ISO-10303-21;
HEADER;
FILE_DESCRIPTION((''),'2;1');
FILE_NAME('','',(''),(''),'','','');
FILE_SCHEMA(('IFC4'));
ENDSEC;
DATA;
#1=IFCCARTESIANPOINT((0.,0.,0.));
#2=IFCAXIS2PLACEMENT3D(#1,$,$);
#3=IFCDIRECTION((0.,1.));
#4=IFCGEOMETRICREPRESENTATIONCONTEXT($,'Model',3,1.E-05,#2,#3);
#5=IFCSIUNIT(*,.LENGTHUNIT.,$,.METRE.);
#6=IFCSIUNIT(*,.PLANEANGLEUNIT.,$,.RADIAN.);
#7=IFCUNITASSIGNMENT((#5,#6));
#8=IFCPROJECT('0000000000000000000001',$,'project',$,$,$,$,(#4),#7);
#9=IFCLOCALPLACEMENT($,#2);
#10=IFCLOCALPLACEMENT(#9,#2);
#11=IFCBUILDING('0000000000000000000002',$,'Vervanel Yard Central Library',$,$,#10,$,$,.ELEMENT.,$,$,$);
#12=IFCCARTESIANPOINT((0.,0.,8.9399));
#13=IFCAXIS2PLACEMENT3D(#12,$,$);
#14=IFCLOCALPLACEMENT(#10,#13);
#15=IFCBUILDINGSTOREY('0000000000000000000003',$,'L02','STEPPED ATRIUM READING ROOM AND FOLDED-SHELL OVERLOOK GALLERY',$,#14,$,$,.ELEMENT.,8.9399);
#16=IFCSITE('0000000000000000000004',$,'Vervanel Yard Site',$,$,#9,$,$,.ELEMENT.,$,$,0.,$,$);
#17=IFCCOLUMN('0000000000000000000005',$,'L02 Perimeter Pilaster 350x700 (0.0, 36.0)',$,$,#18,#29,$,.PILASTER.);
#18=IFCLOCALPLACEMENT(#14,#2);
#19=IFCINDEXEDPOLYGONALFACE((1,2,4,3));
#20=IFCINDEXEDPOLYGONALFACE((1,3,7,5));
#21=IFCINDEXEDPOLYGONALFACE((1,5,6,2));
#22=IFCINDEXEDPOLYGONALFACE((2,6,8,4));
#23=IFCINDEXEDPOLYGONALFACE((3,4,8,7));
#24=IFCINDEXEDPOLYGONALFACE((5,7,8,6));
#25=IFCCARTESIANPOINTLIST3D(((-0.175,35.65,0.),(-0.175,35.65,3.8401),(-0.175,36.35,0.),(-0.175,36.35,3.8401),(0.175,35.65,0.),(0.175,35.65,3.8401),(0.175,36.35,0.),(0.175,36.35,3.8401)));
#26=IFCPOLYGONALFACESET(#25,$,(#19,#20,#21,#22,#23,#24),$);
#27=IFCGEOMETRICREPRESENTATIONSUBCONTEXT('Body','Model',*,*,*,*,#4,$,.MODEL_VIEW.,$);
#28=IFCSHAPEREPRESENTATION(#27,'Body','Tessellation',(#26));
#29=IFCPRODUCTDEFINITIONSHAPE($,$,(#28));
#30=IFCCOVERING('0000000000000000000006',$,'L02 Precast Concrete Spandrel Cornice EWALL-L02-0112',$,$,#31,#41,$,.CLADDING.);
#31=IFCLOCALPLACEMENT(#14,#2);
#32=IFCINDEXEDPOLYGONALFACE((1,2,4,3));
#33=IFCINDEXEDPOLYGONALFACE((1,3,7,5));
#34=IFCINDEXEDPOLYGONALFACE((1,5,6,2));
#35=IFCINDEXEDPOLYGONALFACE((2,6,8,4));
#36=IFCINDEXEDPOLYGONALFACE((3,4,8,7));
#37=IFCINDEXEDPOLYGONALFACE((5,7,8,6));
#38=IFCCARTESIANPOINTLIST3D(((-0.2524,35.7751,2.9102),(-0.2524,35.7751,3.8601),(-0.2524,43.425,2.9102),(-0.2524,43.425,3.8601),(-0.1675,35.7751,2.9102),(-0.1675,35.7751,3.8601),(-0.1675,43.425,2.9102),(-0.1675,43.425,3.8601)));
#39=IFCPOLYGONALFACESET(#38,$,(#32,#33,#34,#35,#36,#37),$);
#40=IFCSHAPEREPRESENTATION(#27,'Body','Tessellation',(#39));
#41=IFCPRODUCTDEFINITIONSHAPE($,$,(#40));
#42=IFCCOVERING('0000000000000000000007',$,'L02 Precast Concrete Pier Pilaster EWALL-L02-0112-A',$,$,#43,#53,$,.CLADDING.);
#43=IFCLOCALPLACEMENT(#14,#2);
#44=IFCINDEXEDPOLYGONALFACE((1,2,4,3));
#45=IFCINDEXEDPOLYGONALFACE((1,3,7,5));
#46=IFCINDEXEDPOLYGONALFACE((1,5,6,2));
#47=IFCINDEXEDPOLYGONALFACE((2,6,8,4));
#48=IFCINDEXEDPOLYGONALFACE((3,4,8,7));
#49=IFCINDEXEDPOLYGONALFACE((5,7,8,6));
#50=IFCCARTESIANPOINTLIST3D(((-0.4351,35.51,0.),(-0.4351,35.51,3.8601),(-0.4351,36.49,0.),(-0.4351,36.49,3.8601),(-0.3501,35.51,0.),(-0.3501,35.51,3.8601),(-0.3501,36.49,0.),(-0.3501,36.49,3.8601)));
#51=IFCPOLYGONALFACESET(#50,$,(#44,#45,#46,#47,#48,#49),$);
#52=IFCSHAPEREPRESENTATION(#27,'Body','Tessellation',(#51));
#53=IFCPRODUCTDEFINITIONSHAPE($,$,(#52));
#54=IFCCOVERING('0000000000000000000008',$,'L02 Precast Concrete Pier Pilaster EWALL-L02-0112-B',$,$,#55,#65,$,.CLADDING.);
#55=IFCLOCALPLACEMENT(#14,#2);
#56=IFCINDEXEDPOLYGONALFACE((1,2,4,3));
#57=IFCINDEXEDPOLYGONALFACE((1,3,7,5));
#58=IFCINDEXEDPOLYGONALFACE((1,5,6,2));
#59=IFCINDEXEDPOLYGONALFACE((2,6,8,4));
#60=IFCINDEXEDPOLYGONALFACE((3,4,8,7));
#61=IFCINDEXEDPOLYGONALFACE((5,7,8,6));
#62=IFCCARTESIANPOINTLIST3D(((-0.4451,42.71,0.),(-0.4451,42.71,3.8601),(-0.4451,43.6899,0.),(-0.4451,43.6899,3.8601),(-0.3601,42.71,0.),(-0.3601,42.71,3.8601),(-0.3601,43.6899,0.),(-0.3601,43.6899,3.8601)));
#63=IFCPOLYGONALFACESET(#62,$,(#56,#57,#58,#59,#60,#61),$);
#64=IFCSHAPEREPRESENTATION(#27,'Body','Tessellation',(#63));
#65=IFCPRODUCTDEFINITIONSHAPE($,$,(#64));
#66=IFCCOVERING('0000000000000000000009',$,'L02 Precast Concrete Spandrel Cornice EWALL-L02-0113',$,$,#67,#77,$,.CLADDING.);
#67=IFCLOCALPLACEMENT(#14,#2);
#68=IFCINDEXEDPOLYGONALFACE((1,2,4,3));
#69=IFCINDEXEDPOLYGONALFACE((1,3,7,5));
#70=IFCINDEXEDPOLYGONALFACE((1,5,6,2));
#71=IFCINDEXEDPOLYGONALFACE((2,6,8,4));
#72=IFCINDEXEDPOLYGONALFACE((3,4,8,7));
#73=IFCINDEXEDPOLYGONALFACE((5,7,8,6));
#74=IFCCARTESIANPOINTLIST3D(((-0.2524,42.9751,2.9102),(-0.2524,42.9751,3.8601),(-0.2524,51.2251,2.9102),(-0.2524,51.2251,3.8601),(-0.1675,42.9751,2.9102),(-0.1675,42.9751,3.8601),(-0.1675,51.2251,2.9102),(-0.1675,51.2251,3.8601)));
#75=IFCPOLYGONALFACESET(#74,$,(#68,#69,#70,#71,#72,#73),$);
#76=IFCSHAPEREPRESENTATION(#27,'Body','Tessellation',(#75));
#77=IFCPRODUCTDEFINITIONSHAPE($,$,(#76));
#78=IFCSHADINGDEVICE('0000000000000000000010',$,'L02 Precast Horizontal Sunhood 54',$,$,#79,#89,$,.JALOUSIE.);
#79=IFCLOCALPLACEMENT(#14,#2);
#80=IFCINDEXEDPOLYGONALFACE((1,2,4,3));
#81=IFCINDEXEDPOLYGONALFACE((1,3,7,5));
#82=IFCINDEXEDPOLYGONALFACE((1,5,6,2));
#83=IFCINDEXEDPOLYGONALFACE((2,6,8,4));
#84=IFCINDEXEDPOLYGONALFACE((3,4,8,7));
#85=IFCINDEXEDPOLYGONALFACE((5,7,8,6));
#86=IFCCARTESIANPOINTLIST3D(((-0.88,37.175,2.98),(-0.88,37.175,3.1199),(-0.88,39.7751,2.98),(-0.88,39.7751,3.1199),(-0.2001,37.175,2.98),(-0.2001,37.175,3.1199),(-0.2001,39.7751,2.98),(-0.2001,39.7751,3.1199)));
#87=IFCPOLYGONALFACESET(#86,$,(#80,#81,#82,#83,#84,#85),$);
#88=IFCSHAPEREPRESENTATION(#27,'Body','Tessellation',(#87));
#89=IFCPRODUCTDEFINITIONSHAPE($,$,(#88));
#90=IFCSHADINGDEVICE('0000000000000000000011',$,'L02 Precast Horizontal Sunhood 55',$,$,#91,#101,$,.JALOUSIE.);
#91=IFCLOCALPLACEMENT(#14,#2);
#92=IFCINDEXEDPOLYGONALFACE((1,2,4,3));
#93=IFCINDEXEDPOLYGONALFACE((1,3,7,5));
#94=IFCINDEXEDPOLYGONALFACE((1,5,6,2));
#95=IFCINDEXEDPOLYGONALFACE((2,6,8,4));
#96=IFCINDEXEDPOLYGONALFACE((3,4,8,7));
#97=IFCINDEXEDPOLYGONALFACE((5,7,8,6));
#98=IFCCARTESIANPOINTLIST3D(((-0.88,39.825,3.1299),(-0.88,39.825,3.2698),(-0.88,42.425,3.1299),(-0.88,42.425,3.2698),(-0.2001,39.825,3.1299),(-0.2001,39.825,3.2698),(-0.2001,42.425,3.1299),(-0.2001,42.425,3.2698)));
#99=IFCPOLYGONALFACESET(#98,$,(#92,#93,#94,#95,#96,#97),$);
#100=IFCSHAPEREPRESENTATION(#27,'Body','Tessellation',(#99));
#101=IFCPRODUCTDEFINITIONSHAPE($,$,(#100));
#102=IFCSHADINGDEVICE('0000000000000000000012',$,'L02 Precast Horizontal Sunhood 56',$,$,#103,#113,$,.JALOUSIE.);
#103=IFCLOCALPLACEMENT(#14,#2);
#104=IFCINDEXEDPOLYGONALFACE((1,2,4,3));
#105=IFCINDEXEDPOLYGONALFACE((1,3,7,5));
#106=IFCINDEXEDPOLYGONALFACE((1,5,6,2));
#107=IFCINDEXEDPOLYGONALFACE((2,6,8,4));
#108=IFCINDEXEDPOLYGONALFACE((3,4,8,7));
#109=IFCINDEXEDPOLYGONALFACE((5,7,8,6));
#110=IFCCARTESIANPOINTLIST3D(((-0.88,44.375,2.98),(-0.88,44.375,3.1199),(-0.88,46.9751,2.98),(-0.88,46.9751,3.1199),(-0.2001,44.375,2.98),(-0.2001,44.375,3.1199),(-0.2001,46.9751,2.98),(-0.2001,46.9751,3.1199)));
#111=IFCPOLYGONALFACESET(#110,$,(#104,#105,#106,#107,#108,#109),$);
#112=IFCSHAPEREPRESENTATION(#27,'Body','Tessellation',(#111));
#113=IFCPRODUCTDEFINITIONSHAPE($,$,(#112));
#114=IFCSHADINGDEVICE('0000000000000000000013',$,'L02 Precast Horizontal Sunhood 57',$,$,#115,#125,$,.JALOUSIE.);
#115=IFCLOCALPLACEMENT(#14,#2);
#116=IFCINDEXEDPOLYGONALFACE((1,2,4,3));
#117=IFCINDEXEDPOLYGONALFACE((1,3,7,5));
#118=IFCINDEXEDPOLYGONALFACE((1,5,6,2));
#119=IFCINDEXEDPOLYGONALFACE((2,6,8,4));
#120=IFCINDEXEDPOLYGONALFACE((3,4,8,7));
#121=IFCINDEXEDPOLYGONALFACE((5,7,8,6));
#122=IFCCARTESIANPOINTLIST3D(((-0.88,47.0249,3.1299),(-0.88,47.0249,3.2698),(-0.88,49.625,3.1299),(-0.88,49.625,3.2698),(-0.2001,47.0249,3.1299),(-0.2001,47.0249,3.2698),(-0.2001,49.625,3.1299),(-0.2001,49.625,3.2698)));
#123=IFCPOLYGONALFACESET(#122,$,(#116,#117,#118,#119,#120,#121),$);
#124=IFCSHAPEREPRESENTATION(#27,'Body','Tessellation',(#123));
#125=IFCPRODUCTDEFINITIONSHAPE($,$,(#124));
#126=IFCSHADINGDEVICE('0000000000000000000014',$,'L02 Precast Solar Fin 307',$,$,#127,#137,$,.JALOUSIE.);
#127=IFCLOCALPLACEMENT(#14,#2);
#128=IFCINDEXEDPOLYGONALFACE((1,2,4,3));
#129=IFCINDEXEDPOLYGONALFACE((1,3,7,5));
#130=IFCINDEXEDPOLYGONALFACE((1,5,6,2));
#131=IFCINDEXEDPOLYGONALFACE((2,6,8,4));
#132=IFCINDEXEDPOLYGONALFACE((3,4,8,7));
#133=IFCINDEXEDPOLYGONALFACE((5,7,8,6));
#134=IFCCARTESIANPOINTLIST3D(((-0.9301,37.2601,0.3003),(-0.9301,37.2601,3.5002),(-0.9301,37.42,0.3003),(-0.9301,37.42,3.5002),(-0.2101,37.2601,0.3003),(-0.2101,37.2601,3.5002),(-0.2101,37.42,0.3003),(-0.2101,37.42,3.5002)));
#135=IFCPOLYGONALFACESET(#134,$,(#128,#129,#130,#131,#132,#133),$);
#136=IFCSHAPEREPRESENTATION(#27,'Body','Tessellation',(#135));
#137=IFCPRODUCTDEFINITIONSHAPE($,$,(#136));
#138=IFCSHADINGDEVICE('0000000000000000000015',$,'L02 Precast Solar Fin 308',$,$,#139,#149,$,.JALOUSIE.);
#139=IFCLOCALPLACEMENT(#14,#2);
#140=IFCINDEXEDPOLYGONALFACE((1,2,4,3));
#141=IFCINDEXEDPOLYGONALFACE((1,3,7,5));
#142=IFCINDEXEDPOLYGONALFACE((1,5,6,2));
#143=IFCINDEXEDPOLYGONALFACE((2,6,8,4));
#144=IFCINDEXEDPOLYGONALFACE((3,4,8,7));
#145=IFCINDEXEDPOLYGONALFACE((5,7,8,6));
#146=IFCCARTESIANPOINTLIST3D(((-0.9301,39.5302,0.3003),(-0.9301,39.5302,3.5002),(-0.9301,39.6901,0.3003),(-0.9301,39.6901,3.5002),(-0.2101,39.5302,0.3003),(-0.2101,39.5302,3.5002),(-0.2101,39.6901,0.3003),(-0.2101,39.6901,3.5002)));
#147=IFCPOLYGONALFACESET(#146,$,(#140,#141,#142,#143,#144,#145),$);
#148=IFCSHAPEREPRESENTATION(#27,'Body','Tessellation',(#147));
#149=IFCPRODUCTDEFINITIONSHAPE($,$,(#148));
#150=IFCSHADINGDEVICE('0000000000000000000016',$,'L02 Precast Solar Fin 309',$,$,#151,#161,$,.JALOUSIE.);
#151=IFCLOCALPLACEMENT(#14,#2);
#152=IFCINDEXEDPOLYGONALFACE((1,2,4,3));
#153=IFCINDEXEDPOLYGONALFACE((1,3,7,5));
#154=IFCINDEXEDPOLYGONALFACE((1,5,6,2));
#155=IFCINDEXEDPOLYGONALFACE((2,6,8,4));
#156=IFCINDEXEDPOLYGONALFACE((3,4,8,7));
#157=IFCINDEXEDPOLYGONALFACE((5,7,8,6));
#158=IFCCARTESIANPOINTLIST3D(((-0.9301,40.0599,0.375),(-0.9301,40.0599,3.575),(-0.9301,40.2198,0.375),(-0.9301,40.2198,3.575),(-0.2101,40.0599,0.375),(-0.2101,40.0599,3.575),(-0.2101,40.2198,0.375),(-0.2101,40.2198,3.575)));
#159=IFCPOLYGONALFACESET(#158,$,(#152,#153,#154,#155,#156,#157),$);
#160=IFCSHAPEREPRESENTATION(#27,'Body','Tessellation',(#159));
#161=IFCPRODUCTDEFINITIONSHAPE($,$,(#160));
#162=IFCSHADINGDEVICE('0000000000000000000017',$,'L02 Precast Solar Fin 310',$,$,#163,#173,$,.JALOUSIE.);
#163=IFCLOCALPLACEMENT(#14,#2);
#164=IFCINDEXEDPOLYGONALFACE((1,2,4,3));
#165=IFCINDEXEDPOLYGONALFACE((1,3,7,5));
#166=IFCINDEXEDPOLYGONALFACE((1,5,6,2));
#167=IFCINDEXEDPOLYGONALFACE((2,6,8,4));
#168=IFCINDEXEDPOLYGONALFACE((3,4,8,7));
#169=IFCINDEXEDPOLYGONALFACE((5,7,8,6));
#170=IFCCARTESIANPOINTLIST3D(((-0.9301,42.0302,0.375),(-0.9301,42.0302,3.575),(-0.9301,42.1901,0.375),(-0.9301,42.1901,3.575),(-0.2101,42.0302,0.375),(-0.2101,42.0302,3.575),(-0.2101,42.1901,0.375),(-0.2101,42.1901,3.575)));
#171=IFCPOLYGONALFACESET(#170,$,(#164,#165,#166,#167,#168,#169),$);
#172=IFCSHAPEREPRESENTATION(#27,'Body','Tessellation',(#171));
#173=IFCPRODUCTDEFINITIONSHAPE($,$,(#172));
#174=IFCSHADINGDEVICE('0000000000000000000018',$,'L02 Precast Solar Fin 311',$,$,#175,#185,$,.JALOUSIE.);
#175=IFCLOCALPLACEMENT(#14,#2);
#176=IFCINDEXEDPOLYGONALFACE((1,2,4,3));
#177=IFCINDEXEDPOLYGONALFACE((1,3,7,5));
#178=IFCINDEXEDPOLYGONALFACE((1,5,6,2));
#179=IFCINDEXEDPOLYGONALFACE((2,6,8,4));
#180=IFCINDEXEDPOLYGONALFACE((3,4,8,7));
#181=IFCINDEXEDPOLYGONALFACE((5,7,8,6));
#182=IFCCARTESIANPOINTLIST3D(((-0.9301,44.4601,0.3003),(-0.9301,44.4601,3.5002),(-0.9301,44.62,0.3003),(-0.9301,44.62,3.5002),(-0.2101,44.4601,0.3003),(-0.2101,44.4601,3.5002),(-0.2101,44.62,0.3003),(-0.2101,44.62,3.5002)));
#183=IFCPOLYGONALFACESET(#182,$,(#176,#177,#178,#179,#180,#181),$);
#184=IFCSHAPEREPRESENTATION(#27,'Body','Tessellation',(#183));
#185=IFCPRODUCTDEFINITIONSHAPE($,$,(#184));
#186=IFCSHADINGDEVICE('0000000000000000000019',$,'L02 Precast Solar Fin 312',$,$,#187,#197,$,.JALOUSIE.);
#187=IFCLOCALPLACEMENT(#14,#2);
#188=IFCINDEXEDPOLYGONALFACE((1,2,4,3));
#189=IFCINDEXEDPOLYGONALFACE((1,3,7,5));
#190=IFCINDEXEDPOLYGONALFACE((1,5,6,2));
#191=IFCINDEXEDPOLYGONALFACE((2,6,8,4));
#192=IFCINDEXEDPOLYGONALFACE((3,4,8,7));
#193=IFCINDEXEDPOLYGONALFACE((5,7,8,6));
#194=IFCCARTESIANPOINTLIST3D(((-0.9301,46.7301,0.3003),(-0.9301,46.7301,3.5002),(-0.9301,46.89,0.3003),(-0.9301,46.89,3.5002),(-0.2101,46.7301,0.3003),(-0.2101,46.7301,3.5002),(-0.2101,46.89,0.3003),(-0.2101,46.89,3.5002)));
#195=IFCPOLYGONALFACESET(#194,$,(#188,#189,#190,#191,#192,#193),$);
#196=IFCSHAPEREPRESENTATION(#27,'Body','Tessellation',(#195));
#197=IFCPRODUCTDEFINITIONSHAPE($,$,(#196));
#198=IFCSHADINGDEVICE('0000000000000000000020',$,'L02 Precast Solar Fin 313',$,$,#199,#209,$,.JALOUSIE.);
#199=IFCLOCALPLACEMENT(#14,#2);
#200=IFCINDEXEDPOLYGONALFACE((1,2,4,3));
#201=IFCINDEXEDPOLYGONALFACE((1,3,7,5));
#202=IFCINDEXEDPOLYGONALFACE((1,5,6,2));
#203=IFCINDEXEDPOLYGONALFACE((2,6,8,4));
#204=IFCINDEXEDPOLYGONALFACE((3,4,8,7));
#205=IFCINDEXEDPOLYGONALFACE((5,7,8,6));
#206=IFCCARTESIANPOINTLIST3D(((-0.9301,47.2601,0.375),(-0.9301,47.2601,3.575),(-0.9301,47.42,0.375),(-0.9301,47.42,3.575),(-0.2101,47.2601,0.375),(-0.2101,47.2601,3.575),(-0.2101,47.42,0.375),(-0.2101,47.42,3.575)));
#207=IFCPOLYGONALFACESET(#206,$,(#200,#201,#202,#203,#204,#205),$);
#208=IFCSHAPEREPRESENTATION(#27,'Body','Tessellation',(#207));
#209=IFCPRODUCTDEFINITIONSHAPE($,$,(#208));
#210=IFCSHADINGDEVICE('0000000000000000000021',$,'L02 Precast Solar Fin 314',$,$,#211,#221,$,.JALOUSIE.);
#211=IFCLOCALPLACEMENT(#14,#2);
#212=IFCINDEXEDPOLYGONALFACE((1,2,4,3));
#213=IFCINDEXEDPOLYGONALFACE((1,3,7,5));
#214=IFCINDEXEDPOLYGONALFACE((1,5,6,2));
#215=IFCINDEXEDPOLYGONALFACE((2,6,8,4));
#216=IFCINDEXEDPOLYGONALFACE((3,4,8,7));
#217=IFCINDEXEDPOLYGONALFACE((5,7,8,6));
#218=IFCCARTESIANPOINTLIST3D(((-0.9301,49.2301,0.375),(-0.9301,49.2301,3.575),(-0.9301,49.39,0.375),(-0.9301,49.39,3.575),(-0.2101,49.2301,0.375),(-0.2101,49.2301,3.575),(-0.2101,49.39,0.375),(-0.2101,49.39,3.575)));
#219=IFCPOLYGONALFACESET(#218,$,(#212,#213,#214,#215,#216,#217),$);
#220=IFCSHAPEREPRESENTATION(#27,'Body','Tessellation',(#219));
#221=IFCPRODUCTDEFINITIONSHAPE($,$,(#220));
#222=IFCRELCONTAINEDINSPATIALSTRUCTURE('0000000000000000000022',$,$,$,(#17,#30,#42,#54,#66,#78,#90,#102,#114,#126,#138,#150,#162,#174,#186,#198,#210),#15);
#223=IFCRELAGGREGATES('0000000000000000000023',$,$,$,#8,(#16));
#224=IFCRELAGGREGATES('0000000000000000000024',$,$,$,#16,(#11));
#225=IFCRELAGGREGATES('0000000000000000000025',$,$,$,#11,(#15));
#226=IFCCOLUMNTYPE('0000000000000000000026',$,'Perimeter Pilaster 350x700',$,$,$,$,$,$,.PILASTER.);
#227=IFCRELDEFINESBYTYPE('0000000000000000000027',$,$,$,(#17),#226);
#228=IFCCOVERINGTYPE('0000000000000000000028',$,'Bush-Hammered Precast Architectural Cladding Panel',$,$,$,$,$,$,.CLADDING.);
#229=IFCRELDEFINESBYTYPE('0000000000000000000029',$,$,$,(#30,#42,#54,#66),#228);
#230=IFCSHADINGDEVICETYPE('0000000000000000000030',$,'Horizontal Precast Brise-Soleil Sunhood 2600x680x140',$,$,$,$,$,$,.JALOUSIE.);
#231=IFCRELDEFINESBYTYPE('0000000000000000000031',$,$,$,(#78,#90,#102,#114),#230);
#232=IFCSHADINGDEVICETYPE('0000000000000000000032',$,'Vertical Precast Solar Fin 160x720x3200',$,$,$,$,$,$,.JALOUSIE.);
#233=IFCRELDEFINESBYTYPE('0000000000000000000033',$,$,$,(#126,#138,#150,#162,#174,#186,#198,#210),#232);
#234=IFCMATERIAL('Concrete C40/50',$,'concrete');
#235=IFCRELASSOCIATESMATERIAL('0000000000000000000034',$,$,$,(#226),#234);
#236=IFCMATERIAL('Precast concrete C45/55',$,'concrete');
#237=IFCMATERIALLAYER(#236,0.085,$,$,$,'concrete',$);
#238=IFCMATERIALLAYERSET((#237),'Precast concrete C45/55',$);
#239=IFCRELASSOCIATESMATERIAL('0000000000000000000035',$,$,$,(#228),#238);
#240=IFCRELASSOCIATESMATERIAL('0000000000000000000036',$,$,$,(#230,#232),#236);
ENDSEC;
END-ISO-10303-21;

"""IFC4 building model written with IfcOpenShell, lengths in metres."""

from ifc_helpers import new_model, si_unit, direction, frame, origin, origin_2d, place, context, subcontext, project, spatial, rectangle, extrude, material, layer, layer_set, material_profile, profile_set, type_object, element, save


model = new_model("IFC4")

# Units and contexts
model_context = context("Model", 3, precision=1e-05, world=origin(), true_north=direction((0.0, 1.0)))
body_context = subcontext(model_context, "Body", "Model", "MODEL_VIEW")
ifc_project = project(units=[si_unit("LENGTHUNIT", "METRE"), si_unit("PLANEANGLEUNIT", "RADIAN")], contexts=[model_context])

# Site, building, storey
site_placement = place(None, origin())
site = spatial("IfcSite", under=ifc_project, at=site_placement, Name="Vervanel Yard Site", CompositionType="ELEMENT", RefElevation=0.0)
building_placement = place(site_placement, origin())
building = spatial("IfcBuilding", under=site, at=building_placement, Name="Vervanel Yard Central Library", CompositionType="ELEMENT")
storey_placement = place(building_placement, frame((0.0, 0.0, 8.9399)))
storey = spatial("IfcBuildingStorey", under=building, at=storey_placement, Name="L02", Description="STEPPED ATRIUM READING ROOM AND FOLDED-SHELL OVERLOOK GALLERY", CompositionType="ELEMENT", Elevation=8.9399)

# Column
ifc_material_1 = material(Name="Concrete C40/50", Category="concrete")
ifc_material_profile = material_profile(ifc_material_1, rectangle(XDim=0.3501, YDim=0.7, at=origin_2d()), Name="RC 350x700", Category="concrete")
ifc_profile_set = profile_set([ifc_material_profile], Name="Concrete C40/50")
column_type = type_object("IfcColumnType", Name="Perimeter Pilaster 350x700", PredefinedType="PILASTER", material=ifc_profile_set)
column_placement = place(storey_placement, frame((0.0, 36.0, 0.0), z_axis=(0.0, 0.0, 1.0), x_axis=(1.0, 0.0, 0.0)))
element("IfcColumn", 1, at=column_placement, inside=storey, type_object=column_type, Name="L02 Perimeter Pilaster 350x700 (0.0, 36.0)", PredefinedType="PILASTER", context=body_context, shape_type="SweptSolid", body=[
    extrude(rectangle(XDim=0.3501, YDim=0.7, at=origin_2d()), origin(), (0.0, 0.0, 1.0), 3.8401),
])

# Coverings
ifc_material_2 = material(Name="Precast concrete C45/55", Category="concrete")
ifc_layer = layer(ifc_material_2, 0.085, Category="concrete")
ifc_layer_set = layer_set([ifc_layer], Name="Precast concrete C45/55")
covering_type = type_object("IfcCoveringType", Name="Bush-Hammered Precast Architectural Cladding Panel", PredefinedType="CLADDING", material=ifc_layer_set)
covering_1_placement = place(storey_placement, frame((-0.21, 39.6001, 2.9102), z_axis=(0.0, 0.0, 1.0), x_axis=(0.0, 1.0, 0.0)))
element("IfcCovering", 2, at=covering_1_placement, inside=storey, type_object=covering_type, Name="L02 Precast Concrete Spandrel Cornice EWALL-L02-0112", PredefinedType="CLADDING", context=body_context, shape_type="SweptSolid", body=[
    extrude(rectangle(XDim=7.6499, YDim=0.085, at=origin_2d()), origin(), (0.0, 0.0, 1.0), 0.95),
])
for number, where, z_axis, x_axis, name in (
    (3, (-0.3926, 36.0, 0.0), (0.0, 0.0, 1.0), (0.0, 1.0, 0.0), "L02 Precast Concrete Pier Pilaster EWALL-L02-0112-A"),
    (4, (-0.4026, 43.2, 0.0), (0.0, 0.0, 1.0), (0.0, 1.0, 0.0), "L02 Precast Concrete Pier Pilaster EWALL-L02-0112-B"),
):
    element("IfcCovering", number, at=place(storey_placement, frame(where, z_axis=z_axis, x_axis=x_axis)), inside=storey, type_object=covering_type, Name=name, PredefinedType="CLADDING", context=body_context, shape_type="SweptSolid", body=[
        extrude(rectangle(XDim=0.98, YDim=0.085, at=origin_2d()), origin(), (0.0, 0.0, 1.0), 3.8601),
    ])
covering_2_placement = place(storey_placement, frame((-0.21, 47.1001, 2.9102), z_axis=(0.0, 0.0, 1.0), x_axis=(0.0, 1.0, 0.0)))
element("IfcCovering", 5, at=covering_2_placement, inside=storey, type_object=covering_type, Name="L02 Precast Concrete Spandrel Cornice EWALL-L02-0113", PredefinedType="CLADDING", context=body_context, shape_type="SweptSolid", body=[
    extrude(rectangle(XDim=8.25, YDim=0.085, at=origin_2d()), origin(), (0.0, 0.0, 1.0), 0.95),
])

# Shading devices
shading_device_type_1 = type_object("IfcShadingDeviceType", Name="Horizontal Precast Brise-Soleil Sunhood 2600x680x140", PredefinedType="JALOUSIE", material=ifc_material_2)
for number, where, z_axis, x_axis, name in (
    (6, (-0.54, 38.4751, 2.98), (0.0, 0.0, 1.0), (0.0, 1.0, 0.0), "L02 Precast Horizontal Sunhood 54"),
    (7, (-0.54, 41.125, 3.1299), (0.0, 0.0, 1.0), (0.0, 1.0, 0.0), "L02 Precast Horizontal Sunhood 55"),
    (8, (-0.54, 45.675, 2.98), (0.0, 0.0, 1.0), (0.0, 1.0, 0.0), "L02 Precast Horizontal Sunhood 56"),
    (9, (-0.54, 48.325, 3.1299), (0.0, 0.0, 1.0), (0.0, 1.0, 0.0), "L02 Precast Horizontal Sunhood 57"),
):
    element("IfcShadingDevice", number, at=place(storey_placement, frame(where, z_axis=z_axis, x_axis=x_axis)), inside=storey, type_object=shading_device_type_1, Name=name, PredefinedType="JALOUSIE", context=body_context, shape_type="SweptSolid", body=[
        extrude(rectangle(XDim=2.6001, YDim=0.6799, at=origin_2d()), origin(), (0.0, 0.0, 1.0), 0.1399),
    ])
shading_device_type_2 = type_object("IfcShadingDeviceType", Name="Vertical Precast Solar Fin 160x720x3200", PredefinedType="JALOUSIE", material=ifc_material_2)
for number, where, z_axis, x_axis, name in (
    (10, (-0.5701, 37.3401, 0.3003), (0.0, 0.0, 1.0), (0.0, 1.0, 0.0), "L02 Precast Solar Fin 307"),
    (11, (-0.5701, 39.6101, 0.3003), (0.0, 0.0, 1.0), (0.0, 1.0, 0.0), "L02 Precast Solar Fin 308"),
    (12, (-0.5701, 40.1399, 0.375), (0.0, 0.0, 1.0), (0.0, 1.0, 0.0), "L02 Precast Solar Fin 309"),
    (13, (-0.5701, 42.1101, 0.375), (0.0, 0.0, 1.0), (0.0, 1.0, 0.0), "L02 Precast Solar Fin 310"),
    (14, (-0.5701, 44.54, 0.3003), (0.0, 0.0, 1.0), (0.0, 1.0, 0.0), "L02 Precast Solar Fin 311"),
    (15, (-0.5701, 46.8101, 0.3003), (0.0, 0.0, 1.0), (0.0, 1.0, 0.0), "L02 Precast Solar Fin 312"),
    (16, (-0.5701, 47.3401, 0.375), (0.0, 0.0, 1.0), (0.0, 1.0, 0.0), "L02 Precast Solar Fin 313"),
    (17, (-0.5701, 49.3101, 0.375), (0.0, 0.0, 1.0), (0.0, 1.0, 0.0), "L02 Precast Solar Fin 314"),
):
    element("IfcShadingDevice", number, at=place(storey_placement, frame(where, z_axis=z_axis, x_axis=x_axis)), inside=storey, type_object=shading_device_type_2, Name=name, PredefinedType="JALOUSIE", context=body_context, shape_type="SweptSolid", body=[
        extrude(rectangle(XDim=0.1599, YDim=0.72, at=origin_2d()), origin(), (0.0, 0.0, 1.0), 3.2),
    ])

save(model, "model.ifc")
